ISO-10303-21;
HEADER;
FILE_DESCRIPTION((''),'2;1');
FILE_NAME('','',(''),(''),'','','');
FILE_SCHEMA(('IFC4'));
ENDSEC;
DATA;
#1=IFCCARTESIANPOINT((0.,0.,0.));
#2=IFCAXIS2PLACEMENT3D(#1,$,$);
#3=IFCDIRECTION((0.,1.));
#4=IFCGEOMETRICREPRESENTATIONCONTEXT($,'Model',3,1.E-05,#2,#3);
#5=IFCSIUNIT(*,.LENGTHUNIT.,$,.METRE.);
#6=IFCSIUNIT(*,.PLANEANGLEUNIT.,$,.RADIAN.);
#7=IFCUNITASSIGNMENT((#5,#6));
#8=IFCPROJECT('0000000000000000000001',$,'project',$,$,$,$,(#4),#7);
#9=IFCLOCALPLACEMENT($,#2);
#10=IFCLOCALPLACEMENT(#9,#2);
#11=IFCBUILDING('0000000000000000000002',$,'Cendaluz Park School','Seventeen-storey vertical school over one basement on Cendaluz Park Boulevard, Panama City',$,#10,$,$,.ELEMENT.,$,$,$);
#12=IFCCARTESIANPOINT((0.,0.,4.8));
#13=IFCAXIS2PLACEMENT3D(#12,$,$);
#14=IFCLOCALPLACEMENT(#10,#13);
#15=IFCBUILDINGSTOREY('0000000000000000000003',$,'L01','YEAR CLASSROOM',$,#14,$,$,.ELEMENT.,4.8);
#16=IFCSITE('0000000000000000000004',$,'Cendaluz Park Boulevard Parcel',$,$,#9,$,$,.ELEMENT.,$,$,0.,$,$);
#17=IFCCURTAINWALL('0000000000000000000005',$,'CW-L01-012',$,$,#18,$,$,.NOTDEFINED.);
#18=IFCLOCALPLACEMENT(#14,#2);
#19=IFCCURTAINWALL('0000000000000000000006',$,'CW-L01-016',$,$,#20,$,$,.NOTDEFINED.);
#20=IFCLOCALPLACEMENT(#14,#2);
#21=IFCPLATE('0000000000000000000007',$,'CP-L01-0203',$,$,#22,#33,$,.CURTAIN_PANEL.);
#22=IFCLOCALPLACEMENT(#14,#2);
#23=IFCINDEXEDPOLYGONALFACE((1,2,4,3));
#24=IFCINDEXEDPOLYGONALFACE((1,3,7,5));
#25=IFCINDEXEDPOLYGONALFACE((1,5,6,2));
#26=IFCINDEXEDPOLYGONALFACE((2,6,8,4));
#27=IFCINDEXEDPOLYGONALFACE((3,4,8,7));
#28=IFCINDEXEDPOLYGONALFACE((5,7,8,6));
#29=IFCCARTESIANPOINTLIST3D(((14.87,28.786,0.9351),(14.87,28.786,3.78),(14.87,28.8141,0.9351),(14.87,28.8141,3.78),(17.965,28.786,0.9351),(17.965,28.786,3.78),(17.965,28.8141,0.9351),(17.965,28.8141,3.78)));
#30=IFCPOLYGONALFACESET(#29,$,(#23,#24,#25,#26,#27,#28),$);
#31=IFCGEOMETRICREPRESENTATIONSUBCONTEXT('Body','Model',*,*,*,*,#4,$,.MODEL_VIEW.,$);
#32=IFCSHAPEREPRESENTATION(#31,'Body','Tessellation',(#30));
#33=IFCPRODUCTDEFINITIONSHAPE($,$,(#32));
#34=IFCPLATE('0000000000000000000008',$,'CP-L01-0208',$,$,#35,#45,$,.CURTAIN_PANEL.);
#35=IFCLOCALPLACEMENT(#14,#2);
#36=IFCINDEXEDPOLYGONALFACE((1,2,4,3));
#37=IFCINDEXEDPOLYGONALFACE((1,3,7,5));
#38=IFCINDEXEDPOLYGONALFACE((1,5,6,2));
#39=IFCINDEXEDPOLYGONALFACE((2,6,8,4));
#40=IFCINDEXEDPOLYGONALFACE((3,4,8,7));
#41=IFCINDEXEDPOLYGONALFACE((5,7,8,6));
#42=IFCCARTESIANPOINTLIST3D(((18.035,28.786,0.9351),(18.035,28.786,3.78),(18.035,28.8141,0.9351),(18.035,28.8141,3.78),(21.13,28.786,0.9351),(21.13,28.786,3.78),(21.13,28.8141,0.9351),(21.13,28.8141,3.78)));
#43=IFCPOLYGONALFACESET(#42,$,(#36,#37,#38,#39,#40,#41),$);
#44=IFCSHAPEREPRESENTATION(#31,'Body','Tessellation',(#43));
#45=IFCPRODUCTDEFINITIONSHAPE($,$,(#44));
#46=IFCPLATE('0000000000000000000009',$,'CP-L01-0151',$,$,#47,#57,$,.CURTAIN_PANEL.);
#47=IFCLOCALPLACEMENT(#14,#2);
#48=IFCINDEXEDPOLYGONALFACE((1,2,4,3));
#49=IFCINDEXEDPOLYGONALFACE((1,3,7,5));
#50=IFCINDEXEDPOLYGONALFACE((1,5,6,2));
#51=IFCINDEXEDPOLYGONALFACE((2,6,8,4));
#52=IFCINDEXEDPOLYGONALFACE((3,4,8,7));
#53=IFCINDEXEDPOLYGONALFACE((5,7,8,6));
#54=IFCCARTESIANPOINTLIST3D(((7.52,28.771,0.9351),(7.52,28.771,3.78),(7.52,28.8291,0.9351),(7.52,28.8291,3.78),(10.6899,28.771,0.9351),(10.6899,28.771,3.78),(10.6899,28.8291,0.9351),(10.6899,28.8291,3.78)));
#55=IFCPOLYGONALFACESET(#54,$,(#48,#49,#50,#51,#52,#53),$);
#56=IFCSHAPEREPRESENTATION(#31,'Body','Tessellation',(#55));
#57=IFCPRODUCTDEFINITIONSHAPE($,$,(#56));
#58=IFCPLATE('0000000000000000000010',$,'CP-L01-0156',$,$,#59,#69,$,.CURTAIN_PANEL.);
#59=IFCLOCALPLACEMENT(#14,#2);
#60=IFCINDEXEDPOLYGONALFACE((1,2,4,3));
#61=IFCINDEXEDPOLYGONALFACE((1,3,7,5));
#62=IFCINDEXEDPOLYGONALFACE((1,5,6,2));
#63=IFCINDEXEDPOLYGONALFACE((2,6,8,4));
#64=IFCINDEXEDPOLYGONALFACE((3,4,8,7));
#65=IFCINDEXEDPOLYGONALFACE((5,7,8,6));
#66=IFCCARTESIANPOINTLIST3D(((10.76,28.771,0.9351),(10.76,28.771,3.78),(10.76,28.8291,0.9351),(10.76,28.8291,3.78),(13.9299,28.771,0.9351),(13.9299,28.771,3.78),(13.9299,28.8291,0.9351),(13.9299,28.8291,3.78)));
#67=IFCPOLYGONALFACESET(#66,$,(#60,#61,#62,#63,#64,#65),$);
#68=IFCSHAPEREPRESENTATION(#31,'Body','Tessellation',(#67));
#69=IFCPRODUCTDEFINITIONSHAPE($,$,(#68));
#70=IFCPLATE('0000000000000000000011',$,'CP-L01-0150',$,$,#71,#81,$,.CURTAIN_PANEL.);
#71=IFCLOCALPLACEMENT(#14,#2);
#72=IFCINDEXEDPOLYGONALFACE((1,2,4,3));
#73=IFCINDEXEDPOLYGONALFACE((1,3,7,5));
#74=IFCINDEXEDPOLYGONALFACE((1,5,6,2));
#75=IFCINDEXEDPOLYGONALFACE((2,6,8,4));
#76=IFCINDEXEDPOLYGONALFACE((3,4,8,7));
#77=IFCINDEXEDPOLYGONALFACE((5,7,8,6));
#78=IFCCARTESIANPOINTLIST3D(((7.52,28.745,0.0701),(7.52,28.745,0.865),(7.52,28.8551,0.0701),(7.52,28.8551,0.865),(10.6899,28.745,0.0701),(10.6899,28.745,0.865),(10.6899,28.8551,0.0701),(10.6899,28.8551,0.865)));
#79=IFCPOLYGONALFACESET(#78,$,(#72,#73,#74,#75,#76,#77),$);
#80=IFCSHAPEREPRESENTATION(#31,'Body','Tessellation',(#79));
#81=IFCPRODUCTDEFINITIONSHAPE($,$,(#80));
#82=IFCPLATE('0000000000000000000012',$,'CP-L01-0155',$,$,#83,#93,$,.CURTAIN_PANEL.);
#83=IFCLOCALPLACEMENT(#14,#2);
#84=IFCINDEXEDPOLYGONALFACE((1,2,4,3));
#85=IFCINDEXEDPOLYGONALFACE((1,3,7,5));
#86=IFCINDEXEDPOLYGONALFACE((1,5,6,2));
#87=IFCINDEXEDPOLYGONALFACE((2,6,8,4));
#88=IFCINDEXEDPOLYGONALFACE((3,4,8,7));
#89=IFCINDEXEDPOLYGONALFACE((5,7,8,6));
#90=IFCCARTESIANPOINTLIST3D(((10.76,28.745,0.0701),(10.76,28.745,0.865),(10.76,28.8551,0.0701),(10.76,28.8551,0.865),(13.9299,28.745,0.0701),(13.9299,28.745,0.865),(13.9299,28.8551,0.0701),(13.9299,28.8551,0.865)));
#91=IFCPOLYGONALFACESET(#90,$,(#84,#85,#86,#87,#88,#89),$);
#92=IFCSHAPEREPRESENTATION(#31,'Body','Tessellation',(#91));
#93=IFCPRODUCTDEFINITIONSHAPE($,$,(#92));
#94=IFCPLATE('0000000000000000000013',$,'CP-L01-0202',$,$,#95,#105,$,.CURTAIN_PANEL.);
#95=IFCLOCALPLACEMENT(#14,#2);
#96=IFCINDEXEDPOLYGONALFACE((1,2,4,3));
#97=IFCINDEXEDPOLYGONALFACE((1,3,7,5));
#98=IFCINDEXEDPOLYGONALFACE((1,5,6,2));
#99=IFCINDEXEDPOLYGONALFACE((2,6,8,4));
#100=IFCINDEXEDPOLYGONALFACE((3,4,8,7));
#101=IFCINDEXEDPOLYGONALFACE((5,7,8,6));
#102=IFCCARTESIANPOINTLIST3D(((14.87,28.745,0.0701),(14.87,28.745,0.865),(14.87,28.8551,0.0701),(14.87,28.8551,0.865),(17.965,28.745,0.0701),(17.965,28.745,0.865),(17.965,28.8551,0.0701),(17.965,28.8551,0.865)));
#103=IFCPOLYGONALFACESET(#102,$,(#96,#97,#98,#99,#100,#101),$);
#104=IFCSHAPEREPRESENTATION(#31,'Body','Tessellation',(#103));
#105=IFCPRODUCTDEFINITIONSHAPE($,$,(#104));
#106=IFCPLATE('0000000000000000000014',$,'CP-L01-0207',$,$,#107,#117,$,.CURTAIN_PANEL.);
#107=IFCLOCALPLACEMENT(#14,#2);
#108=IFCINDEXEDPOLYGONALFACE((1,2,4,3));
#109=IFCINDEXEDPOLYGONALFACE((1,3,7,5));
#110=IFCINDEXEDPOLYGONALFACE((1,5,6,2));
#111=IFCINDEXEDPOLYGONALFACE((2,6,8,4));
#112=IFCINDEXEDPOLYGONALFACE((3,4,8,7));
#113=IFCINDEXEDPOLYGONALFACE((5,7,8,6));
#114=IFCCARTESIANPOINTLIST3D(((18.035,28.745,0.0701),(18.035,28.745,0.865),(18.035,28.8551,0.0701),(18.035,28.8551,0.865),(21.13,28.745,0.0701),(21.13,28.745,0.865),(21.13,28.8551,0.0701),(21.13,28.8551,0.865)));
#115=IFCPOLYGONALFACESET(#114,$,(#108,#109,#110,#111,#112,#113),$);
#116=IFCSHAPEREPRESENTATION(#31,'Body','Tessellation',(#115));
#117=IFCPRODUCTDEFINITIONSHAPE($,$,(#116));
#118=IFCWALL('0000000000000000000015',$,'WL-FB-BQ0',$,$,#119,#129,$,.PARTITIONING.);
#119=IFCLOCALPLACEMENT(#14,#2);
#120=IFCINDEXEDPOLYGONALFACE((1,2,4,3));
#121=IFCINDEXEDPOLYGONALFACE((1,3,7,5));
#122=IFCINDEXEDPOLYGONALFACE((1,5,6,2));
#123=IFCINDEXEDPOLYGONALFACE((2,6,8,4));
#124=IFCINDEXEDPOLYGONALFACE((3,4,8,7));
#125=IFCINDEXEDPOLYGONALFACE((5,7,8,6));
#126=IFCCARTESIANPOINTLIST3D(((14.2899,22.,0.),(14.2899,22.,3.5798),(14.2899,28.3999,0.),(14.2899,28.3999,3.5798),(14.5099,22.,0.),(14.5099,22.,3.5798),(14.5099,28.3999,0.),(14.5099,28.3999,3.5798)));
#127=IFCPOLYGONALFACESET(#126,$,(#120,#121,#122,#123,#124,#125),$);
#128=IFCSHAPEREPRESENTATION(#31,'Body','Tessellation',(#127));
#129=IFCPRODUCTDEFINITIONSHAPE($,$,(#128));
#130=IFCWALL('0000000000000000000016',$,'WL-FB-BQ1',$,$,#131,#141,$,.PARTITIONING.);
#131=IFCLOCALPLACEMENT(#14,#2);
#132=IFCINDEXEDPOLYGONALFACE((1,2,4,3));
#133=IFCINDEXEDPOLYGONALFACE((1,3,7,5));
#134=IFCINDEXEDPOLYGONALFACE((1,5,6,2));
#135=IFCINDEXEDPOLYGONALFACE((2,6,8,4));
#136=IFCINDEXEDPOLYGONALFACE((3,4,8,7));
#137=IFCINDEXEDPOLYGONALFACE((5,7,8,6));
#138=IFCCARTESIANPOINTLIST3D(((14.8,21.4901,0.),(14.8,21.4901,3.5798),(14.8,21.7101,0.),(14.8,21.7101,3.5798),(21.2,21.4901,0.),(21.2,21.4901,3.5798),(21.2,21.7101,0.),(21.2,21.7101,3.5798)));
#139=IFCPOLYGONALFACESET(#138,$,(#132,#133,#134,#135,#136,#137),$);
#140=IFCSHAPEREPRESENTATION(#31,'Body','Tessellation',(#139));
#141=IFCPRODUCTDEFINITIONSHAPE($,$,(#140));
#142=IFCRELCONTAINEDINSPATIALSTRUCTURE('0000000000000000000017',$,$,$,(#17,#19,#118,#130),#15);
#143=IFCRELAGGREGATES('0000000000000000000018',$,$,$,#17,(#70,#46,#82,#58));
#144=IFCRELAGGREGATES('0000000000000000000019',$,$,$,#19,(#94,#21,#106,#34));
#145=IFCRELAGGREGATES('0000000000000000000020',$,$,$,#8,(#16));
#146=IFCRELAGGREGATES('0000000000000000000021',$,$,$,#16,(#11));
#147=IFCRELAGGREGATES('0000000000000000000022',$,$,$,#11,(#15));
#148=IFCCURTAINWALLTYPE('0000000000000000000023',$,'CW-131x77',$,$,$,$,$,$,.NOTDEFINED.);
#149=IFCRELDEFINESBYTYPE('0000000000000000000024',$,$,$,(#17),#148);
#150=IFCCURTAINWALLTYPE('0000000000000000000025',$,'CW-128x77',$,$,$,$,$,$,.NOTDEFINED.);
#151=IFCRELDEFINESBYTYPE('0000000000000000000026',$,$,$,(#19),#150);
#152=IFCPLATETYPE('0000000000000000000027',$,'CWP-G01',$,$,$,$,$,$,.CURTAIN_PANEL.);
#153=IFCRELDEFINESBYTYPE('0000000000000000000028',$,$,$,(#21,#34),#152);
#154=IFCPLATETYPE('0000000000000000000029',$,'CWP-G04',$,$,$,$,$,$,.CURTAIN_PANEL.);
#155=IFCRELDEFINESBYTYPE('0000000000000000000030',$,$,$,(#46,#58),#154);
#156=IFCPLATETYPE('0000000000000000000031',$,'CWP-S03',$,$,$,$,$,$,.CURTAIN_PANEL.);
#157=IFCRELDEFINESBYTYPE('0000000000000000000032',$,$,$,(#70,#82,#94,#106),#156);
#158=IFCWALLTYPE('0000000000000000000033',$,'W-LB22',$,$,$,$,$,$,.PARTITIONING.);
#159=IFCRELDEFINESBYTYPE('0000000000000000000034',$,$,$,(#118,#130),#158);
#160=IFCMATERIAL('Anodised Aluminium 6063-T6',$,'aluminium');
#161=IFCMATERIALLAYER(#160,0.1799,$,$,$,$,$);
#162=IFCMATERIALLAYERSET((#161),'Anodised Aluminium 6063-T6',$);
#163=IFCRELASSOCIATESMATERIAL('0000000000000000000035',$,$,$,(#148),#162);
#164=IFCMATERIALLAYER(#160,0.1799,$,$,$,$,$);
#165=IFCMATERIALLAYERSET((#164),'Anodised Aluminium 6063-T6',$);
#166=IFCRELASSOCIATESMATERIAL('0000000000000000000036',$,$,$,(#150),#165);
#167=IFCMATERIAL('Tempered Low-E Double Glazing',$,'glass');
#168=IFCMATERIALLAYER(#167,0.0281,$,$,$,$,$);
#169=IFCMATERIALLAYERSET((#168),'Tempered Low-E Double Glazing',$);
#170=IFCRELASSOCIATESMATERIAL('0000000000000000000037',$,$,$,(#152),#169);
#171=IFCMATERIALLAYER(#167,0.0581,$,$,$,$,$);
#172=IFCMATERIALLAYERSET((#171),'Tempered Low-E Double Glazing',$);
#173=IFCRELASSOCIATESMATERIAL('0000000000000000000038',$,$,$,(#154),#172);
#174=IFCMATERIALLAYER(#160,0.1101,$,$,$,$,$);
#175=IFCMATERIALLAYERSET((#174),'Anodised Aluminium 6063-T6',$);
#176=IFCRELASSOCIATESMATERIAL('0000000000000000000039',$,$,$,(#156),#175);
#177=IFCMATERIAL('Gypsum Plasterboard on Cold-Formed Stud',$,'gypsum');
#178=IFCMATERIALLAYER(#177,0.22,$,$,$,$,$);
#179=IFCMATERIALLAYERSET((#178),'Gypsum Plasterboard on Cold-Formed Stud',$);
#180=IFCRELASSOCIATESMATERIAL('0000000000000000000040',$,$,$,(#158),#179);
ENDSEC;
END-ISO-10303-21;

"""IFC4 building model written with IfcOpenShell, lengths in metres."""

from ifc_helpers import new_model, si_unit, direction, frame, frame_2d, origin, origin_2d, place, context, subcontext, project, spatial, rectangle, extrude, material, layer, layer_set, type_object, element, aggregate, save


model = new_model("IFC4")

# Units and contexts
model_context = context("Model", 3, precision=1e-05, world=origin(), true_north=direction((0.0, 1.0)))
body_context = subcontext(model_context, "Body", "Model", "MODEL_VIEW")
ifc_project = project(units=[si_unit("LENGTHUNIT", "METRE"), si_unit("PLANEANGLEUNIT", "RADIAN")], contexts=[model_context])

# Site, building, storey
site_placement = place(None, origin())
site = spatial("IfcSite", under=ifc_project, at=site_placement, Name="Cendaluz Park Boulevard Parcel", CompositionType="ELEMENT", RefElevation=0.0)
building_placement = place(site_placement, origin())
building = spatial("IfcBuilding", under=site, at=building_placement, Name="Cendaluz Park School", Description="Seventeen-storey vertical school over one basement on Cendaluz Park Boulevard, Panama City", CompositionType="ELEMENT")
storey_placement = place(building_placement, frame((0.0, 0.0, 4.8)))
storey = spatial("IfcBuildingStorey", under=building, at=storey_placement, Name="L01", Description="YEAR CLASSROOM", CompositionType="ELEMENT", Elevation=4.8)

# Curtain walls
ifc_material_1 = material(Name="Anodised Aluminium 6063-T6", Category="aluminium")
ifc_layer_1 = layer(ifc_material_1, 0.1799)
ifc_layer_set_1 = layer_set([ifc_layer_1], Name="Anodised Aluminium 6063-T6")
curtain_wall_type_1 = type_object("IfcCurtainWallType", Name="CW-131x77", PredefinedType="NOTDEFINED", material=ifc_layer_set_1)
curtain_wall_1_placement = place(storey_placement, origin())
curtain_wall_1 = element("IfcCurtainWall", 1, at=curtain_wall_1_placement, inside=storey, type_object=curtain_wall_type_1, Name="CW-L01-012", PredefinedType="NOTDEFINED")
ifc_layer_2 = layer(ifc_material_1, 0.1799)
ifc_layer_set_2 = layer_set([ifc_layer_2], Name="Anodised Aluminium 6063-T6")
curtain_wall_type_2 = type_object("IfcCurtainWallType", Name="CW-128x77", PredefinedType="NOTDEFINED", material=ifc_layer_set_2)
curtain_wall_2_placement = place(storey_placement, origin())
curtain_wall_2 = element("IfcCurtainWall", 2, at=curtain_wall_2_placement, inside=storey, type_object=curtain_wall_type_2, Name="CW-L01-016", PredefinedType="NOTDEFINED")

# Plates
ifc_material_2 = material(Name="Tempered Low-E Double Glazing", Category="glass")
ifc_layer_3 = layer(ifc_material_2, 0.0281)
ifc_layer_set_3 = layer_set([ifc_layer_3], Name="Tempered Low-E Double Glazing")
plate_type_1 = type_object("IfcPlateType", Name="CWP-G01", PredefinedType="CURTAIN_PANEL", material=ifc_layer_set_3)
plate_1_placement = place(storey_placement, frame((16.4175, 28.8, 0.9351), z_axis=(0.0, 0.0, 1.0), x_axis=(1.0, 0.0, 0.0)))
plate_1 = element("IfcPlate", 3, at=plate_1_placement, type_object=plate_type_1, Name="CP-L01-0203", PredefinedType="CURTAIN_PANEL", context=body_context, shape_type="SweptSolid", body=[
    extrude(rectangle(XDim=3.095, YDim=0.0281, at=origin_2d()), origin(), (0.0, 0.0, 1.0), 2.845),
])
plate_2_placement = place(storey_placement, frame((19.5825, 28.8, 0.9351), z_axis=(0.0, 0.0, 1.0), x_axis=(1.0, 0.0, 0.0)))
plate_2 = element("IfcPlate", 4, at=plate_2_placement, type_object=plate_type_1, Name="CP-L01-0208", PredefinedType="CURTAIN_PANEL", context=body_context, shape_type="SweptSolid", body=[
    extrude(rectangle(XDim=3.095, YDim=0.0281, at=origin_2d()), origin(), (0.0, 0.0, 1.0), 2.845),
])
ifc_layer_4 = layer(ifc_material_2, 0.0581)
ifc_layer_set_4 = layer_set([ifc_layer_4], Name="Tempered Low-E Double Glazing")
plate_type_2 = type_object("IfcPlateType", Name="CWP-G04", PredefinedType="CURTAIN_PANEL", material=ifc_layer_set_4)
plate_3_placement = place(storey_placement, frame((9.105, 28.8, 0.9351), z_axis=(0.0, 0.0, 1.0), x_axis=(1.0, 0.0, 0.0)))
plate_3 = element("IfcPlate", 5, at=plate_3_placement, type_object=plate_type_2, Name="CP-L01-0151", PredefinedType="CURTAIN_PANEL", context=body_context, shape_type="SweptSolid", body=[
    extrude(rectangle(XDim=3.1699, YDim=0.0581, at=origin_2d()), origin(), (0.0, 0.0, 1.0), 2.845),
])
plate_4_placement = place(storey_placement, frame((12.345, 28.8, 0.9351), z_axis=(0.0, 0.0, 1.0), x_axis=(1.0, 0.0, 0.0)))
plate_4 = element("IfcPlate", 6, at=plate_4_placement, type_object=plate_type_2, Name="CP-L01-0156", PredefinedType="CURTAIN_PANEL", context=body_context, shape_type="SweptSolid", body=[
    extrude(rectangle(XDim=3.1699, YDim=0.0581, at=origin_2d()), origin(), (0.0, 0.0, 1.0), 2.845),
])
ifc_layer_5 = layer(ifc_material_1, 0.1101)
ifc_layer_set_5 = layer_set([ifc_layer_5], Name="Anodised Aluminium 6063-T6")
plate_type_3 = type_object("IfcPlateType", Name="CWP-S03", PredefinedType="CURTAIN_PANEL", material=ifc_layer_set_5)
plate_5_placement = place(storey_placement, frame((9.105, 28.8, 0.0701), z_axis=(0.0, 0.0, 1.0), x_axis=(1.0, 0.0, 0.0)))
plate_5 = element("IfcPlate", 7, at=plate_5_placement, type_object=plate_type_3, Name="CP-L01-0150", PredefinedType="CURTAIN_PANEL", context=body_context, shape_type="SweptSolid", body=[
    extrude(rectangle(XDim=3.1699, YDim=0.1101, at=origin_2d()), origin(), (0.0, 0.0, 1.0), 0.7949),
])
plate_6_placement = place(storey_placement, frame((12.345, 28.8, 0.0701), z_axis=(0.0, 0.0, 1.0), x_axis=(1.0, 0.0, 0.0)))
plate_6 = element("IfcPlate", 8, at=plate_6_placement, type_object=plate_type_3, Name="CP-L01-0155", PredefinedType="CURTAIN_PANEL", context=body_context, shape_type="SweptSolid", body=[
    extrude(rectangle(XDim=3.1699, YDim=0.1101, at=origin_2d()), origin(), (0.0, 0.0, 1.0), 0.7949),
])
aggregate(curtain_wall_1, [plate_5, plate_3, plate_6, plate_4])
plate_7_placement = place(storey_placement, frame((16.4175, 28.8, 0.0701), z_axis=(0.0, 0.0, 1.0), x_axis=(1.0, 0.0, 0.0)))
plate_7 = element("IfcPlate", 9, at=plate_7_placement, type_object=plate_type_3, Name="CP-L01-0202", PredefinedType="CURTAIN_PANEL", context=body_context, shape_type="SweptSolid", body=[
    extrude(rectangle(XDim=3.095, YDim=0.1101, at=origin_2d()), origin(), (0.0, 0.0, 1.0), 0.7949),
])
plate_8_placement = place(storey_placement, frame((19.5825, 28.8, 0.0701), z_axis=(0.0, 0.0, 1.0), x_axis=(1.0, 0.0, 0.0)))
plate_8 = element("IfcPlate", 10, at=plate_8_placement, type_object=plate_type_3, Name="CP-L01-0207", PredefinedType="CURTAIN_PANEL", context=body_context, shape_type="SweptSolid", body=[
    extrude(rectangle(XDim=3.095, YDim=0.1101, at=origin_2d()), origin(), (0.0, 0.0, 1.0), 0.7949),
])
aggregate(curtain_wall_2, [plate_7, plate_1, plate_8, plate_2])

# Walls
ifc_material_3 = material(Name="Gypsum Plasterboard on Cold-Formed Stud", Category="gypsum")
ifc_layer_6 = layer(ifc_material_3, 0.22)
ifc_layer_set_6 = layer_set([ifc_layer_6], Name="Gypsum Plasterboard on Cold-Formed Stud")
wall_type = type_object("IfcWallType", Name="W-LB22", PredefinedType="PARTITIONING", material=ifc_layer_set_6)
for number, where, z_axis, x_axis, name in (
    (11, (14.3999, 22.0, 0.0), (0.0, 0.0, 1.0), (0.0, 1.0, 0.0), "WL-FB-BQ0"),
    (12, (14.8, 21.6001, 0.0), (0.0, 0.0, 1.0), (1.0, 0.0, 0.0), "WL-FB-BQ1"),
):
    element("IfcWall", number, at=place(storey_placement, frame(where, z_axis=z_axis, x_axis=x_axis)), inside=storey, type_object=wall_type, Name=name, PredefinedType="PARTITIONING", context=body_context, shape_type="SweptSolid", body=[
        extrude(rectangle(XDim=6.3999, YDim=0.22, at=frame_2d((3.2, 0.0))), origin(), (0.0, 0.0, 1.0), 3.5798),
    ])

save(model, "model.ifc")
